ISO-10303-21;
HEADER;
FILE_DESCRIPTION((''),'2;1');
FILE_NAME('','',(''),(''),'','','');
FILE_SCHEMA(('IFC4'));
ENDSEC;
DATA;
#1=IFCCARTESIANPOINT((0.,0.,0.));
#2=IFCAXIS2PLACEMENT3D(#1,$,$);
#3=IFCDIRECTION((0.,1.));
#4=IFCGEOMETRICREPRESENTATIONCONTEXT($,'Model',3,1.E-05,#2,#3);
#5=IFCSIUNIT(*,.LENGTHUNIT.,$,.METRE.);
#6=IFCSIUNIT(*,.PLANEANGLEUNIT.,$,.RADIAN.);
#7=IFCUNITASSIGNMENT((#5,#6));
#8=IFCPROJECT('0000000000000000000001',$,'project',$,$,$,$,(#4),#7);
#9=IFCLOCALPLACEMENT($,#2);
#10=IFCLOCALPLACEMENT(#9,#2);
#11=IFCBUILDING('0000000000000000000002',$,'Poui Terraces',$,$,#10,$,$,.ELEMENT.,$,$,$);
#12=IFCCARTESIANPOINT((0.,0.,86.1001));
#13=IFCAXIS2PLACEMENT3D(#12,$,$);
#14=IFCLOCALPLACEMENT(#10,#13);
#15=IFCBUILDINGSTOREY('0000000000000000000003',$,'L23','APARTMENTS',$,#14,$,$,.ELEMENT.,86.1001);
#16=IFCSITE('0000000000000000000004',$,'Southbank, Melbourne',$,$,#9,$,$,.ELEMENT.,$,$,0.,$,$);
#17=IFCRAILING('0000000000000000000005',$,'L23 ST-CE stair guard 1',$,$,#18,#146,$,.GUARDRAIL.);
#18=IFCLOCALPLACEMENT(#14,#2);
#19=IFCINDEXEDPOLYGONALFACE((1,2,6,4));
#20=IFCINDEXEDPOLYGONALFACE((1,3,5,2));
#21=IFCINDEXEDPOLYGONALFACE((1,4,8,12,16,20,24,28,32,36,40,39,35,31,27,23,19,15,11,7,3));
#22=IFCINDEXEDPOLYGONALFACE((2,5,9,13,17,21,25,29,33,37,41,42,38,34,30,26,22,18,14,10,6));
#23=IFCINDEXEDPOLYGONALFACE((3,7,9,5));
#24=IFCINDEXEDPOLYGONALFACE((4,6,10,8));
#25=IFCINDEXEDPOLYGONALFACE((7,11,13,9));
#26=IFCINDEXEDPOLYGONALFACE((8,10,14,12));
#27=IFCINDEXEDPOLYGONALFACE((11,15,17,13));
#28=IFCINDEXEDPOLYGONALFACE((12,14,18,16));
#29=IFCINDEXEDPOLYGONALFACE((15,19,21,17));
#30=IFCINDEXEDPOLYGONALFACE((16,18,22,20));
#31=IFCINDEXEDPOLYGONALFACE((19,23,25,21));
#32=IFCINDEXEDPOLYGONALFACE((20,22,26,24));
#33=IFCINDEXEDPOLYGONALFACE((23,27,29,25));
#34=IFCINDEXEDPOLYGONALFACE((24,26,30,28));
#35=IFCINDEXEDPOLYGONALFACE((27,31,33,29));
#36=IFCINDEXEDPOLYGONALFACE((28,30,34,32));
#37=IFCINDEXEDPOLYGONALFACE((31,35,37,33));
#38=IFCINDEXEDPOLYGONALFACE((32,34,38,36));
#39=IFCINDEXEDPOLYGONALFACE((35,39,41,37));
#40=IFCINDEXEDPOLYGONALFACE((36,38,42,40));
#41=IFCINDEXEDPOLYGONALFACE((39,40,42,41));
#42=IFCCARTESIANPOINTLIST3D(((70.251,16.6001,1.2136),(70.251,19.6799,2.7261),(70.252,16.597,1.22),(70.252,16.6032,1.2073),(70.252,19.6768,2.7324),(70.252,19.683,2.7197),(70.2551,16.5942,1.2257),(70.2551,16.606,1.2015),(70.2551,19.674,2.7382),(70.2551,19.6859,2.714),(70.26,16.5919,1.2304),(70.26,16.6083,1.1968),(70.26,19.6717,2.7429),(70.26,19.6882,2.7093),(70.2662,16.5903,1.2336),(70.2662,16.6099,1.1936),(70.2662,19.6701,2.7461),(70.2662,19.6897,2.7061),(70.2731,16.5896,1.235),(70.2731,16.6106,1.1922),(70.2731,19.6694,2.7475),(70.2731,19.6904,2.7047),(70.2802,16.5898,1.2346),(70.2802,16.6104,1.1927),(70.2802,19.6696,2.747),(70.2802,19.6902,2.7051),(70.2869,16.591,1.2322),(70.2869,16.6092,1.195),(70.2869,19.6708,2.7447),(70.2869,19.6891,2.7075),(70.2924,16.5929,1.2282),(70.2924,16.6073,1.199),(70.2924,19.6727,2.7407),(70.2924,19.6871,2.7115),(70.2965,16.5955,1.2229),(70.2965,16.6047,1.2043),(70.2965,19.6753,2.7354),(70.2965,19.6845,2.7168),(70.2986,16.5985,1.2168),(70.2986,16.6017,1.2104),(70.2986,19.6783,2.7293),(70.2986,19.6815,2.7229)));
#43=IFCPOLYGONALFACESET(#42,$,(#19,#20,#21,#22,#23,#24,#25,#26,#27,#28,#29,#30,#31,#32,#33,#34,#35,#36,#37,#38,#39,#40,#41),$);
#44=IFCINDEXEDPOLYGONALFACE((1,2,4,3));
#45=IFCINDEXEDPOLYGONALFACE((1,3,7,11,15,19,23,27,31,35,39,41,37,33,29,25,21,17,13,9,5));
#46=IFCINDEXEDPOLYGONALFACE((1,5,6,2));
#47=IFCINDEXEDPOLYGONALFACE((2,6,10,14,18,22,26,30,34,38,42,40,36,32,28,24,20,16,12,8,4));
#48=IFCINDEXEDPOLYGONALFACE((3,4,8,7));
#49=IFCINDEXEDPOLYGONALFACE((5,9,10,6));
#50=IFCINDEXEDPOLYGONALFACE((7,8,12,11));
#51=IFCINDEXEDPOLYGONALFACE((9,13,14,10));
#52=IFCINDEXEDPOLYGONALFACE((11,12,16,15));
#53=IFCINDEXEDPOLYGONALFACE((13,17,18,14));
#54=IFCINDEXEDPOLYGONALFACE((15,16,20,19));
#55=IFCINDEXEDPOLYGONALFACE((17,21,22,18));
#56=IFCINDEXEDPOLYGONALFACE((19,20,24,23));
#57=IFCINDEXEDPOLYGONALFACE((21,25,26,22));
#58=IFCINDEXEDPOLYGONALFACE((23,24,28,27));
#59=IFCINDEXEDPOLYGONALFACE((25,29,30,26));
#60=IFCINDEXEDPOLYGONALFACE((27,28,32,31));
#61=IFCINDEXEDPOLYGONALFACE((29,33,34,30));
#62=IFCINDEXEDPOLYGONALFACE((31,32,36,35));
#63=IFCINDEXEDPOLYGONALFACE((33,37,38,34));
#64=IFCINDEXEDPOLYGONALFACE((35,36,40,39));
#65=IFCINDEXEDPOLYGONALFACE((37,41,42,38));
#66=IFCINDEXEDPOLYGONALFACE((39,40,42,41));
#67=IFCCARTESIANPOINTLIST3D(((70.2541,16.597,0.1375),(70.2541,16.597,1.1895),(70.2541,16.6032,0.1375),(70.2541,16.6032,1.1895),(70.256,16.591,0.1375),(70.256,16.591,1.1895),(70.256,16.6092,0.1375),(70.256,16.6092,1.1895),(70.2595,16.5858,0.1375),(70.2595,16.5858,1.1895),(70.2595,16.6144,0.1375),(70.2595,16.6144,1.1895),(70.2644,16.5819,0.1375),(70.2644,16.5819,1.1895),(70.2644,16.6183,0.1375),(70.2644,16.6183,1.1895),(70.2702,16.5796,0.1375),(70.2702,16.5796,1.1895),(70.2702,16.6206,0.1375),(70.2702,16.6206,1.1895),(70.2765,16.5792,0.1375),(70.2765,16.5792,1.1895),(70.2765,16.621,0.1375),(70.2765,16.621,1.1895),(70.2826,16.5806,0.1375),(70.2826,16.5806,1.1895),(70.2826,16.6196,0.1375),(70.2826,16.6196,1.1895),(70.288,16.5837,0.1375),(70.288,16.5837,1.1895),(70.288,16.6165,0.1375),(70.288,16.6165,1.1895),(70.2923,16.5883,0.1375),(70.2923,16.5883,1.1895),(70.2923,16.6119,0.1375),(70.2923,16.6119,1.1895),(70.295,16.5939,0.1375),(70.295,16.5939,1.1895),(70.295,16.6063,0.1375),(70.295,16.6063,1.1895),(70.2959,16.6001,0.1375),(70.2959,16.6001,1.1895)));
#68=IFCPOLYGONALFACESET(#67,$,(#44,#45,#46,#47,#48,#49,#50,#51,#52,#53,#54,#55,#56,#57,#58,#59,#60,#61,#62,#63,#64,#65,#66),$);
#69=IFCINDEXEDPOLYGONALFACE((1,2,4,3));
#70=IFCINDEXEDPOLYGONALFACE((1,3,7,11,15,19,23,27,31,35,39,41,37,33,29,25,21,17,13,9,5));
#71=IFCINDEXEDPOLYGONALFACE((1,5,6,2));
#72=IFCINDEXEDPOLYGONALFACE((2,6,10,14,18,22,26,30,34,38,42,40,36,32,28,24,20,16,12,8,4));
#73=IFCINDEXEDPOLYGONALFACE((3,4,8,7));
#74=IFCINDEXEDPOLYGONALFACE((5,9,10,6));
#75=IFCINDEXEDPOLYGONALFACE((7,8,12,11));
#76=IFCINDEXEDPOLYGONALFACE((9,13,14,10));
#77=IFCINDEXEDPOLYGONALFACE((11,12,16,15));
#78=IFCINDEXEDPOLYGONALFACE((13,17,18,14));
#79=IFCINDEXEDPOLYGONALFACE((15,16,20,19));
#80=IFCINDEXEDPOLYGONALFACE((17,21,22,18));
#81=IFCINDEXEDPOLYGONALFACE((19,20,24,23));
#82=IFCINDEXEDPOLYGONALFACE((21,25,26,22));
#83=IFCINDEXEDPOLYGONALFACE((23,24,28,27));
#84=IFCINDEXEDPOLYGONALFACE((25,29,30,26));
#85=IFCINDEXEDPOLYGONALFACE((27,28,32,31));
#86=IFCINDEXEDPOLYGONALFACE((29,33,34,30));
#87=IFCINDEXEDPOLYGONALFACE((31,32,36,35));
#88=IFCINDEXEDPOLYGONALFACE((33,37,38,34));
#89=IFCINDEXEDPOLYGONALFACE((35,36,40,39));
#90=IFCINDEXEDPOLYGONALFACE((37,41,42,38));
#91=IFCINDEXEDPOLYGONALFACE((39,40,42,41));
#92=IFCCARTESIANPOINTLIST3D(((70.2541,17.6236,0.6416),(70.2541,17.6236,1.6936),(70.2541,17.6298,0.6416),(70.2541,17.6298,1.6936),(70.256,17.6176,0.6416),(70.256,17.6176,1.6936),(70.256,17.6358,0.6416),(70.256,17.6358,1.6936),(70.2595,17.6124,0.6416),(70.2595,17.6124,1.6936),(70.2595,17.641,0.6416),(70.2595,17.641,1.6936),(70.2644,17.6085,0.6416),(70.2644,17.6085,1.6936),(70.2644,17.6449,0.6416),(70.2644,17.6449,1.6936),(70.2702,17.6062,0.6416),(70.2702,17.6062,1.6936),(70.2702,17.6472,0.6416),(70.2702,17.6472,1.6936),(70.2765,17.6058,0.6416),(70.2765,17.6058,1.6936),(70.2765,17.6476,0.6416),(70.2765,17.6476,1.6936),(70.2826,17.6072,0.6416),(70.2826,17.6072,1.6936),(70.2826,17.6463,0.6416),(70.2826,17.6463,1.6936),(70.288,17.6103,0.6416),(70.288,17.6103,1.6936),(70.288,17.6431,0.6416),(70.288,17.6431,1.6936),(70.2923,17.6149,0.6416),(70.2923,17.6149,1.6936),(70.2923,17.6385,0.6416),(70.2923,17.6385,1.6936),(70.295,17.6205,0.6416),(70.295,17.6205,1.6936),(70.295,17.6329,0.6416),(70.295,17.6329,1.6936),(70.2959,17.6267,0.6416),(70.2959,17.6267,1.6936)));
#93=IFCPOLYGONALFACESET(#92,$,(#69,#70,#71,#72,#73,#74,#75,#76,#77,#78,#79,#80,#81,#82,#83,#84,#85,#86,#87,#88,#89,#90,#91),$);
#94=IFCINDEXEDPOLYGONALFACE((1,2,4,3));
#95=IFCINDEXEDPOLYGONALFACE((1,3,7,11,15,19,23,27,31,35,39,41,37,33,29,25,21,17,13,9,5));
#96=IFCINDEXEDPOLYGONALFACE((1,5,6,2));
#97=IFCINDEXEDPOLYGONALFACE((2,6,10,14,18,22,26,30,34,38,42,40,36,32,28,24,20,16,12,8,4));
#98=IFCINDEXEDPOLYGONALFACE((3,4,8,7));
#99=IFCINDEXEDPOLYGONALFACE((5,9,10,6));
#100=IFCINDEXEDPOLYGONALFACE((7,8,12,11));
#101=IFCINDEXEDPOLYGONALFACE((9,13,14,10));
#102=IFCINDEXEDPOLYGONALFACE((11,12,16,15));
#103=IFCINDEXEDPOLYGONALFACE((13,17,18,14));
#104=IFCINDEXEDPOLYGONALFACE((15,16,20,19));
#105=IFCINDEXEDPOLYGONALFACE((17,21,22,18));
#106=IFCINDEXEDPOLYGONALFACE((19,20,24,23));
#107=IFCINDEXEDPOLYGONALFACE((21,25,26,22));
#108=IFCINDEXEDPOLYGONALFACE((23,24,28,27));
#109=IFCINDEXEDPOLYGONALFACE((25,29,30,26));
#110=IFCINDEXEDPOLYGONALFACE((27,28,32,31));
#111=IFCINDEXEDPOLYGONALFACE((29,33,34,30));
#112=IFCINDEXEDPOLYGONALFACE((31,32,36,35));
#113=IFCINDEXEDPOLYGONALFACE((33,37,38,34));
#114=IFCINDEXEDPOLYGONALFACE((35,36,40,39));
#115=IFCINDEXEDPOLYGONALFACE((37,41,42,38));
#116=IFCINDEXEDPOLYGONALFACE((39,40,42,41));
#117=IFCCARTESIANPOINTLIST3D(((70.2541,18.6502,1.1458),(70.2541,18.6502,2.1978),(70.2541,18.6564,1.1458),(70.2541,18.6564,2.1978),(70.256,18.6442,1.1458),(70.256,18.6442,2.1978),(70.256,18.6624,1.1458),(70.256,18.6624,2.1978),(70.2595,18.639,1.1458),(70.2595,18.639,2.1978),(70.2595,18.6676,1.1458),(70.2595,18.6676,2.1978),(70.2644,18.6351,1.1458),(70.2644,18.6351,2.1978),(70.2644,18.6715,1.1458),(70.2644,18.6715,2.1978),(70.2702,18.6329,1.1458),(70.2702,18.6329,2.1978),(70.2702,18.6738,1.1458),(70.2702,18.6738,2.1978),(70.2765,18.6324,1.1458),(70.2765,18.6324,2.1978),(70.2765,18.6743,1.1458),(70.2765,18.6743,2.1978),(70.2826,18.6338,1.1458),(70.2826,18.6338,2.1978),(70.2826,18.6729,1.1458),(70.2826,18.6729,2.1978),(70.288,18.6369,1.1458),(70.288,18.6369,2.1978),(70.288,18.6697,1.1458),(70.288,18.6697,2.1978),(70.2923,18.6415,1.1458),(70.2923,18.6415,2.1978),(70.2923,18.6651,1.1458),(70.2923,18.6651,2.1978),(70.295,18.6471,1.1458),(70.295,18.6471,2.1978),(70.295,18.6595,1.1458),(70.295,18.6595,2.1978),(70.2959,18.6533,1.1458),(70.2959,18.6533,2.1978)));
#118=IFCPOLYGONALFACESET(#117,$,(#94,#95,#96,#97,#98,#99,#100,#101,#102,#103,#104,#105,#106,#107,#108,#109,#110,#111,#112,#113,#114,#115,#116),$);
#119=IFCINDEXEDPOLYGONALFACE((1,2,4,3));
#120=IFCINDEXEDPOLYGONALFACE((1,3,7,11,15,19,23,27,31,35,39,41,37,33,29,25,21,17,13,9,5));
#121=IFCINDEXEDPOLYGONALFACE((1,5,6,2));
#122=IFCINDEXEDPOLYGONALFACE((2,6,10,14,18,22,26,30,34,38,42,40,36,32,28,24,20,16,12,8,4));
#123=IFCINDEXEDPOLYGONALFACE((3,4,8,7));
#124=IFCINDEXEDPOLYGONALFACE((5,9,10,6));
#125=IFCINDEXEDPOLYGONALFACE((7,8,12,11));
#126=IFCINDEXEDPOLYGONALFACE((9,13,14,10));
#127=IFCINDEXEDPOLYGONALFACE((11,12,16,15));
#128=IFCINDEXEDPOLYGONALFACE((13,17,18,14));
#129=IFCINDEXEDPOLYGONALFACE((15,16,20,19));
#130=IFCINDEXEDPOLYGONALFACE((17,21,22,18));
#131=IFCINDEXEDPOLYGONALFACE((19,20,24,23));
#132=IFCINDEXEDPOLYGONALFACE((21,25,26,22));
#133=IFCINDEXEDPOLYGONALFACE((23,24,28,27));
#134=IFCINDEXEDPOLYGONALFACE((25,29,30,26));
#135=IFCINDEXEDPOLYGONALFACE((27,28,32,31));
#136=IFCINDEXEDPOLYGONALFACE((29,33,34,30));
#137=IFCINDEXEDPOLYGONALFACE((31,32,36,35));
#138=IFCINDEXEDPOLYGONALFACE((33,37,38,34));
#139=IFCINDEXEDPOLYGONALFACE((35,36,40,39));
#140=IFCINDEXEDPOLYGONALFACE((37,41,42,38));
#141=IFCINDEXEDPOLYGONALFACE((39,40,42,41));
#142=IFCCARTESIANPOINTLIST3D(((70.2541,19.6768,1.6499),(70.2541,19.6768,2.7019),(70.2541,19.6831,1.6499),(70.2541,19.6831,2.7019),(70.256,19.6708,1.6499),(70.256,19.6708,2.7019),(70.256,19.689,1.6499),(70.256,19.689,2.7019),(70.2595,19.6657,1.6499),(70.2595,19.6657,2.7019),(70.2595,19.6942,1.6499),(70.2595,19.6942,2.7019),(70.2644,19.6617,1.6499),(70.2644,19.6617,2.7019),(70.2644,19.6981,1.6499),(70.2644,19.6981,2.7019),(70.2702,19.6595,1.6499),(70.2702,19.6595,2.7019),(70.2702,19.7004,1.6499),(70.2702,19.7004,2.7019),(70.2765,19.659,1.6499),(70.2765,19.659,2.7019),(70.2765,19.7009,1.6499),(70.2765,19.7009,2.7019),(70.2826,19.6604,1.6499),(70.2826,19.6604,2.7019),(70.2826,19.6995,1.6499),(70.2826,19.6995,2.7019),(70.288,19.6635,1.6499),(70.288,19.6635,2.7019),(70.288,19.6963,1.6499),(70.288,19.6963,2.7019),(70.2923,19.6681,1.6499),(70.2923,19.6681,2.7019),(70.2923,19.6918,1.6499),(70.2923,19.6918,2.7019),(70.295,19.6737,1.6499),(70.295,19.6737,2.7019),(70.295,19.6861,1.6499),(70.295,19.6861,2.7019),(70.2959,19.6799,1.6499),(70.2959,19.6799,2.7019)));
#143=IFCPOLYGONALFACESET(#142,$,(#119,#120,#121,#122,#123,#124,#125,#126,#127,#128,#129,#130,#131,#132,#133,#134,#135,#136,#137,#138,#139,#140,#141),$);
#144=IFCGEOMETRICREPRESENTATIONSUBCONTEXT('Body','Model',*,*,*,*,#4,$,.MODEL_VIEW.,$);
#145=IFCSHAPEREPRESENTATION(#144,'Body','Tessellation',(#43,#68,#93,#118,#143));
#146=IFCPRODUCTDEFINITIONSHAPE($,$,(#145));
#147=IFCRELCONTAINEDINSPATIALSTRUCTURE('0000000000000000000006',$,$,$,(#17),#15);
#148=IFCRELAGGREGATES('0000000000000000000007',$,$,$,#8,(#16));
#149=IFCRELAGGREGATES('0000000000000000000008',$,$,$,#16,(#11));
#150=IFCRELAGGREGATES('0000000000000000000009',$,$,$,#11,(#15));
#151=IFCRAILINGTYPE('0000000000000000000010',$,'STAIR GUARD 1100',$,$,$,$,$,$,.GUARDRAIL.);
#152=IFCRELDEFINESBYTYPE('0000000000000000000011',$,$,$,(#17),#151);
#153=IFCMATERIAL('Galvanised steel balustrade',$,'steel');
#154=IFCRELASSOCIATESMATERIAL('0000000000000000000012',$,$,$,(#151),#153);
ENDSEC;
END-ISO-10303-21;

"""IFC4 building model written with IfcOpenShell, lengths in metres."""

from ifc_helpers import new_model, si_unit, direction, frame, origin, origin_2d, place, context, subcontext, project, spatial, circle, extrude, material, type_object, element, save


model = new_model("IFC4")

# Units and contexts
model_context = context("Model", 3, precision=1e-05, world=origin(), true_north=direction((0.0, 1.0)))
body_context = subcontext(model_context, "Body", "Model", "MODEL_VIEW")
ifc_project = project(units=[si_unit("LENGTHUNIT", "METRE"), si_unit("PLANEANGLEUNIT", "RADIAN")], contexts=[model_context])

# Site, building, storey
site_placement = place(None, origin())
site = spatial("IfcSite", under=ifc_project, at=site_placement, Name="Southbank, Melbourne", CompositionType="ELEMENT", RefElevation=0.0)
building_placement = place(site_placement, origin())
building = spatial("IfcBuilding", under=site, at=building_placement, Name="Poui Terraces", CompositionType="ELEMENT")
storey_placement = place(building_placement, frame((0.0, 0.0, 86.1001)))
storey = spatial("IfcBuildingStorey", under=building, at=storey_placement, Name="L23", Description="APARTMENTS", CompositionType="ELEMENT", Elevation=86.1001)

# Railing
ifc_material_1 = material(Name="Galvanised steel balustrade", Category="steel")
railing_type_1 = type_object("IfcRailingType", Name="STAIR GUARD 1100", PredefinedType="GUARDRAIL", material=ifc_material_1)
railing_1_placement = place(storey_placement, frame((70.2749, 16.6001, 0.1375)))
element("IfcRailing", 1, at=railing_1_placement, inside=storey, type_object=railing_type_1, Name="L23 ST-CE stair guard 1", PredefinedType="GUARDRAIL", context=body_context, shape_type="SweptSolid", body=[
    extrude(circle(Radius=0.0239, at=origin_2d()), frame((0.0, 0.0, 1.0762), z_axis=(0.0, 0.897606, 0.440798), x_axis=(-1.0, 0.0, 0.0)), (0.0, 0.0, 1.0), 3.4312),
    extrude(circle(Radius=0.021, at=origin_2d()), origin(), (0.0, 0.0, 1.0), 1.052),
    extrude(circle(Radius=0.021, at=origin_2d()), frame((0.0, 1.0266, 0.5042)), (0.0, 0.0, 1.0), 1.052),
    extrude(circle(Radius=0.021, at=origin_2d()), frame((0.0, 2.0532, 1.0083)), (0.0, 0.0, 1.0), 1.052),
    extrude(circle(Radius=0.021, at=origin_2d()), frame((0.0, 3.0798, 1.5125)), (0.0, 0.0, 1.0), 1.052),
])

save(model, "model.ifc")
